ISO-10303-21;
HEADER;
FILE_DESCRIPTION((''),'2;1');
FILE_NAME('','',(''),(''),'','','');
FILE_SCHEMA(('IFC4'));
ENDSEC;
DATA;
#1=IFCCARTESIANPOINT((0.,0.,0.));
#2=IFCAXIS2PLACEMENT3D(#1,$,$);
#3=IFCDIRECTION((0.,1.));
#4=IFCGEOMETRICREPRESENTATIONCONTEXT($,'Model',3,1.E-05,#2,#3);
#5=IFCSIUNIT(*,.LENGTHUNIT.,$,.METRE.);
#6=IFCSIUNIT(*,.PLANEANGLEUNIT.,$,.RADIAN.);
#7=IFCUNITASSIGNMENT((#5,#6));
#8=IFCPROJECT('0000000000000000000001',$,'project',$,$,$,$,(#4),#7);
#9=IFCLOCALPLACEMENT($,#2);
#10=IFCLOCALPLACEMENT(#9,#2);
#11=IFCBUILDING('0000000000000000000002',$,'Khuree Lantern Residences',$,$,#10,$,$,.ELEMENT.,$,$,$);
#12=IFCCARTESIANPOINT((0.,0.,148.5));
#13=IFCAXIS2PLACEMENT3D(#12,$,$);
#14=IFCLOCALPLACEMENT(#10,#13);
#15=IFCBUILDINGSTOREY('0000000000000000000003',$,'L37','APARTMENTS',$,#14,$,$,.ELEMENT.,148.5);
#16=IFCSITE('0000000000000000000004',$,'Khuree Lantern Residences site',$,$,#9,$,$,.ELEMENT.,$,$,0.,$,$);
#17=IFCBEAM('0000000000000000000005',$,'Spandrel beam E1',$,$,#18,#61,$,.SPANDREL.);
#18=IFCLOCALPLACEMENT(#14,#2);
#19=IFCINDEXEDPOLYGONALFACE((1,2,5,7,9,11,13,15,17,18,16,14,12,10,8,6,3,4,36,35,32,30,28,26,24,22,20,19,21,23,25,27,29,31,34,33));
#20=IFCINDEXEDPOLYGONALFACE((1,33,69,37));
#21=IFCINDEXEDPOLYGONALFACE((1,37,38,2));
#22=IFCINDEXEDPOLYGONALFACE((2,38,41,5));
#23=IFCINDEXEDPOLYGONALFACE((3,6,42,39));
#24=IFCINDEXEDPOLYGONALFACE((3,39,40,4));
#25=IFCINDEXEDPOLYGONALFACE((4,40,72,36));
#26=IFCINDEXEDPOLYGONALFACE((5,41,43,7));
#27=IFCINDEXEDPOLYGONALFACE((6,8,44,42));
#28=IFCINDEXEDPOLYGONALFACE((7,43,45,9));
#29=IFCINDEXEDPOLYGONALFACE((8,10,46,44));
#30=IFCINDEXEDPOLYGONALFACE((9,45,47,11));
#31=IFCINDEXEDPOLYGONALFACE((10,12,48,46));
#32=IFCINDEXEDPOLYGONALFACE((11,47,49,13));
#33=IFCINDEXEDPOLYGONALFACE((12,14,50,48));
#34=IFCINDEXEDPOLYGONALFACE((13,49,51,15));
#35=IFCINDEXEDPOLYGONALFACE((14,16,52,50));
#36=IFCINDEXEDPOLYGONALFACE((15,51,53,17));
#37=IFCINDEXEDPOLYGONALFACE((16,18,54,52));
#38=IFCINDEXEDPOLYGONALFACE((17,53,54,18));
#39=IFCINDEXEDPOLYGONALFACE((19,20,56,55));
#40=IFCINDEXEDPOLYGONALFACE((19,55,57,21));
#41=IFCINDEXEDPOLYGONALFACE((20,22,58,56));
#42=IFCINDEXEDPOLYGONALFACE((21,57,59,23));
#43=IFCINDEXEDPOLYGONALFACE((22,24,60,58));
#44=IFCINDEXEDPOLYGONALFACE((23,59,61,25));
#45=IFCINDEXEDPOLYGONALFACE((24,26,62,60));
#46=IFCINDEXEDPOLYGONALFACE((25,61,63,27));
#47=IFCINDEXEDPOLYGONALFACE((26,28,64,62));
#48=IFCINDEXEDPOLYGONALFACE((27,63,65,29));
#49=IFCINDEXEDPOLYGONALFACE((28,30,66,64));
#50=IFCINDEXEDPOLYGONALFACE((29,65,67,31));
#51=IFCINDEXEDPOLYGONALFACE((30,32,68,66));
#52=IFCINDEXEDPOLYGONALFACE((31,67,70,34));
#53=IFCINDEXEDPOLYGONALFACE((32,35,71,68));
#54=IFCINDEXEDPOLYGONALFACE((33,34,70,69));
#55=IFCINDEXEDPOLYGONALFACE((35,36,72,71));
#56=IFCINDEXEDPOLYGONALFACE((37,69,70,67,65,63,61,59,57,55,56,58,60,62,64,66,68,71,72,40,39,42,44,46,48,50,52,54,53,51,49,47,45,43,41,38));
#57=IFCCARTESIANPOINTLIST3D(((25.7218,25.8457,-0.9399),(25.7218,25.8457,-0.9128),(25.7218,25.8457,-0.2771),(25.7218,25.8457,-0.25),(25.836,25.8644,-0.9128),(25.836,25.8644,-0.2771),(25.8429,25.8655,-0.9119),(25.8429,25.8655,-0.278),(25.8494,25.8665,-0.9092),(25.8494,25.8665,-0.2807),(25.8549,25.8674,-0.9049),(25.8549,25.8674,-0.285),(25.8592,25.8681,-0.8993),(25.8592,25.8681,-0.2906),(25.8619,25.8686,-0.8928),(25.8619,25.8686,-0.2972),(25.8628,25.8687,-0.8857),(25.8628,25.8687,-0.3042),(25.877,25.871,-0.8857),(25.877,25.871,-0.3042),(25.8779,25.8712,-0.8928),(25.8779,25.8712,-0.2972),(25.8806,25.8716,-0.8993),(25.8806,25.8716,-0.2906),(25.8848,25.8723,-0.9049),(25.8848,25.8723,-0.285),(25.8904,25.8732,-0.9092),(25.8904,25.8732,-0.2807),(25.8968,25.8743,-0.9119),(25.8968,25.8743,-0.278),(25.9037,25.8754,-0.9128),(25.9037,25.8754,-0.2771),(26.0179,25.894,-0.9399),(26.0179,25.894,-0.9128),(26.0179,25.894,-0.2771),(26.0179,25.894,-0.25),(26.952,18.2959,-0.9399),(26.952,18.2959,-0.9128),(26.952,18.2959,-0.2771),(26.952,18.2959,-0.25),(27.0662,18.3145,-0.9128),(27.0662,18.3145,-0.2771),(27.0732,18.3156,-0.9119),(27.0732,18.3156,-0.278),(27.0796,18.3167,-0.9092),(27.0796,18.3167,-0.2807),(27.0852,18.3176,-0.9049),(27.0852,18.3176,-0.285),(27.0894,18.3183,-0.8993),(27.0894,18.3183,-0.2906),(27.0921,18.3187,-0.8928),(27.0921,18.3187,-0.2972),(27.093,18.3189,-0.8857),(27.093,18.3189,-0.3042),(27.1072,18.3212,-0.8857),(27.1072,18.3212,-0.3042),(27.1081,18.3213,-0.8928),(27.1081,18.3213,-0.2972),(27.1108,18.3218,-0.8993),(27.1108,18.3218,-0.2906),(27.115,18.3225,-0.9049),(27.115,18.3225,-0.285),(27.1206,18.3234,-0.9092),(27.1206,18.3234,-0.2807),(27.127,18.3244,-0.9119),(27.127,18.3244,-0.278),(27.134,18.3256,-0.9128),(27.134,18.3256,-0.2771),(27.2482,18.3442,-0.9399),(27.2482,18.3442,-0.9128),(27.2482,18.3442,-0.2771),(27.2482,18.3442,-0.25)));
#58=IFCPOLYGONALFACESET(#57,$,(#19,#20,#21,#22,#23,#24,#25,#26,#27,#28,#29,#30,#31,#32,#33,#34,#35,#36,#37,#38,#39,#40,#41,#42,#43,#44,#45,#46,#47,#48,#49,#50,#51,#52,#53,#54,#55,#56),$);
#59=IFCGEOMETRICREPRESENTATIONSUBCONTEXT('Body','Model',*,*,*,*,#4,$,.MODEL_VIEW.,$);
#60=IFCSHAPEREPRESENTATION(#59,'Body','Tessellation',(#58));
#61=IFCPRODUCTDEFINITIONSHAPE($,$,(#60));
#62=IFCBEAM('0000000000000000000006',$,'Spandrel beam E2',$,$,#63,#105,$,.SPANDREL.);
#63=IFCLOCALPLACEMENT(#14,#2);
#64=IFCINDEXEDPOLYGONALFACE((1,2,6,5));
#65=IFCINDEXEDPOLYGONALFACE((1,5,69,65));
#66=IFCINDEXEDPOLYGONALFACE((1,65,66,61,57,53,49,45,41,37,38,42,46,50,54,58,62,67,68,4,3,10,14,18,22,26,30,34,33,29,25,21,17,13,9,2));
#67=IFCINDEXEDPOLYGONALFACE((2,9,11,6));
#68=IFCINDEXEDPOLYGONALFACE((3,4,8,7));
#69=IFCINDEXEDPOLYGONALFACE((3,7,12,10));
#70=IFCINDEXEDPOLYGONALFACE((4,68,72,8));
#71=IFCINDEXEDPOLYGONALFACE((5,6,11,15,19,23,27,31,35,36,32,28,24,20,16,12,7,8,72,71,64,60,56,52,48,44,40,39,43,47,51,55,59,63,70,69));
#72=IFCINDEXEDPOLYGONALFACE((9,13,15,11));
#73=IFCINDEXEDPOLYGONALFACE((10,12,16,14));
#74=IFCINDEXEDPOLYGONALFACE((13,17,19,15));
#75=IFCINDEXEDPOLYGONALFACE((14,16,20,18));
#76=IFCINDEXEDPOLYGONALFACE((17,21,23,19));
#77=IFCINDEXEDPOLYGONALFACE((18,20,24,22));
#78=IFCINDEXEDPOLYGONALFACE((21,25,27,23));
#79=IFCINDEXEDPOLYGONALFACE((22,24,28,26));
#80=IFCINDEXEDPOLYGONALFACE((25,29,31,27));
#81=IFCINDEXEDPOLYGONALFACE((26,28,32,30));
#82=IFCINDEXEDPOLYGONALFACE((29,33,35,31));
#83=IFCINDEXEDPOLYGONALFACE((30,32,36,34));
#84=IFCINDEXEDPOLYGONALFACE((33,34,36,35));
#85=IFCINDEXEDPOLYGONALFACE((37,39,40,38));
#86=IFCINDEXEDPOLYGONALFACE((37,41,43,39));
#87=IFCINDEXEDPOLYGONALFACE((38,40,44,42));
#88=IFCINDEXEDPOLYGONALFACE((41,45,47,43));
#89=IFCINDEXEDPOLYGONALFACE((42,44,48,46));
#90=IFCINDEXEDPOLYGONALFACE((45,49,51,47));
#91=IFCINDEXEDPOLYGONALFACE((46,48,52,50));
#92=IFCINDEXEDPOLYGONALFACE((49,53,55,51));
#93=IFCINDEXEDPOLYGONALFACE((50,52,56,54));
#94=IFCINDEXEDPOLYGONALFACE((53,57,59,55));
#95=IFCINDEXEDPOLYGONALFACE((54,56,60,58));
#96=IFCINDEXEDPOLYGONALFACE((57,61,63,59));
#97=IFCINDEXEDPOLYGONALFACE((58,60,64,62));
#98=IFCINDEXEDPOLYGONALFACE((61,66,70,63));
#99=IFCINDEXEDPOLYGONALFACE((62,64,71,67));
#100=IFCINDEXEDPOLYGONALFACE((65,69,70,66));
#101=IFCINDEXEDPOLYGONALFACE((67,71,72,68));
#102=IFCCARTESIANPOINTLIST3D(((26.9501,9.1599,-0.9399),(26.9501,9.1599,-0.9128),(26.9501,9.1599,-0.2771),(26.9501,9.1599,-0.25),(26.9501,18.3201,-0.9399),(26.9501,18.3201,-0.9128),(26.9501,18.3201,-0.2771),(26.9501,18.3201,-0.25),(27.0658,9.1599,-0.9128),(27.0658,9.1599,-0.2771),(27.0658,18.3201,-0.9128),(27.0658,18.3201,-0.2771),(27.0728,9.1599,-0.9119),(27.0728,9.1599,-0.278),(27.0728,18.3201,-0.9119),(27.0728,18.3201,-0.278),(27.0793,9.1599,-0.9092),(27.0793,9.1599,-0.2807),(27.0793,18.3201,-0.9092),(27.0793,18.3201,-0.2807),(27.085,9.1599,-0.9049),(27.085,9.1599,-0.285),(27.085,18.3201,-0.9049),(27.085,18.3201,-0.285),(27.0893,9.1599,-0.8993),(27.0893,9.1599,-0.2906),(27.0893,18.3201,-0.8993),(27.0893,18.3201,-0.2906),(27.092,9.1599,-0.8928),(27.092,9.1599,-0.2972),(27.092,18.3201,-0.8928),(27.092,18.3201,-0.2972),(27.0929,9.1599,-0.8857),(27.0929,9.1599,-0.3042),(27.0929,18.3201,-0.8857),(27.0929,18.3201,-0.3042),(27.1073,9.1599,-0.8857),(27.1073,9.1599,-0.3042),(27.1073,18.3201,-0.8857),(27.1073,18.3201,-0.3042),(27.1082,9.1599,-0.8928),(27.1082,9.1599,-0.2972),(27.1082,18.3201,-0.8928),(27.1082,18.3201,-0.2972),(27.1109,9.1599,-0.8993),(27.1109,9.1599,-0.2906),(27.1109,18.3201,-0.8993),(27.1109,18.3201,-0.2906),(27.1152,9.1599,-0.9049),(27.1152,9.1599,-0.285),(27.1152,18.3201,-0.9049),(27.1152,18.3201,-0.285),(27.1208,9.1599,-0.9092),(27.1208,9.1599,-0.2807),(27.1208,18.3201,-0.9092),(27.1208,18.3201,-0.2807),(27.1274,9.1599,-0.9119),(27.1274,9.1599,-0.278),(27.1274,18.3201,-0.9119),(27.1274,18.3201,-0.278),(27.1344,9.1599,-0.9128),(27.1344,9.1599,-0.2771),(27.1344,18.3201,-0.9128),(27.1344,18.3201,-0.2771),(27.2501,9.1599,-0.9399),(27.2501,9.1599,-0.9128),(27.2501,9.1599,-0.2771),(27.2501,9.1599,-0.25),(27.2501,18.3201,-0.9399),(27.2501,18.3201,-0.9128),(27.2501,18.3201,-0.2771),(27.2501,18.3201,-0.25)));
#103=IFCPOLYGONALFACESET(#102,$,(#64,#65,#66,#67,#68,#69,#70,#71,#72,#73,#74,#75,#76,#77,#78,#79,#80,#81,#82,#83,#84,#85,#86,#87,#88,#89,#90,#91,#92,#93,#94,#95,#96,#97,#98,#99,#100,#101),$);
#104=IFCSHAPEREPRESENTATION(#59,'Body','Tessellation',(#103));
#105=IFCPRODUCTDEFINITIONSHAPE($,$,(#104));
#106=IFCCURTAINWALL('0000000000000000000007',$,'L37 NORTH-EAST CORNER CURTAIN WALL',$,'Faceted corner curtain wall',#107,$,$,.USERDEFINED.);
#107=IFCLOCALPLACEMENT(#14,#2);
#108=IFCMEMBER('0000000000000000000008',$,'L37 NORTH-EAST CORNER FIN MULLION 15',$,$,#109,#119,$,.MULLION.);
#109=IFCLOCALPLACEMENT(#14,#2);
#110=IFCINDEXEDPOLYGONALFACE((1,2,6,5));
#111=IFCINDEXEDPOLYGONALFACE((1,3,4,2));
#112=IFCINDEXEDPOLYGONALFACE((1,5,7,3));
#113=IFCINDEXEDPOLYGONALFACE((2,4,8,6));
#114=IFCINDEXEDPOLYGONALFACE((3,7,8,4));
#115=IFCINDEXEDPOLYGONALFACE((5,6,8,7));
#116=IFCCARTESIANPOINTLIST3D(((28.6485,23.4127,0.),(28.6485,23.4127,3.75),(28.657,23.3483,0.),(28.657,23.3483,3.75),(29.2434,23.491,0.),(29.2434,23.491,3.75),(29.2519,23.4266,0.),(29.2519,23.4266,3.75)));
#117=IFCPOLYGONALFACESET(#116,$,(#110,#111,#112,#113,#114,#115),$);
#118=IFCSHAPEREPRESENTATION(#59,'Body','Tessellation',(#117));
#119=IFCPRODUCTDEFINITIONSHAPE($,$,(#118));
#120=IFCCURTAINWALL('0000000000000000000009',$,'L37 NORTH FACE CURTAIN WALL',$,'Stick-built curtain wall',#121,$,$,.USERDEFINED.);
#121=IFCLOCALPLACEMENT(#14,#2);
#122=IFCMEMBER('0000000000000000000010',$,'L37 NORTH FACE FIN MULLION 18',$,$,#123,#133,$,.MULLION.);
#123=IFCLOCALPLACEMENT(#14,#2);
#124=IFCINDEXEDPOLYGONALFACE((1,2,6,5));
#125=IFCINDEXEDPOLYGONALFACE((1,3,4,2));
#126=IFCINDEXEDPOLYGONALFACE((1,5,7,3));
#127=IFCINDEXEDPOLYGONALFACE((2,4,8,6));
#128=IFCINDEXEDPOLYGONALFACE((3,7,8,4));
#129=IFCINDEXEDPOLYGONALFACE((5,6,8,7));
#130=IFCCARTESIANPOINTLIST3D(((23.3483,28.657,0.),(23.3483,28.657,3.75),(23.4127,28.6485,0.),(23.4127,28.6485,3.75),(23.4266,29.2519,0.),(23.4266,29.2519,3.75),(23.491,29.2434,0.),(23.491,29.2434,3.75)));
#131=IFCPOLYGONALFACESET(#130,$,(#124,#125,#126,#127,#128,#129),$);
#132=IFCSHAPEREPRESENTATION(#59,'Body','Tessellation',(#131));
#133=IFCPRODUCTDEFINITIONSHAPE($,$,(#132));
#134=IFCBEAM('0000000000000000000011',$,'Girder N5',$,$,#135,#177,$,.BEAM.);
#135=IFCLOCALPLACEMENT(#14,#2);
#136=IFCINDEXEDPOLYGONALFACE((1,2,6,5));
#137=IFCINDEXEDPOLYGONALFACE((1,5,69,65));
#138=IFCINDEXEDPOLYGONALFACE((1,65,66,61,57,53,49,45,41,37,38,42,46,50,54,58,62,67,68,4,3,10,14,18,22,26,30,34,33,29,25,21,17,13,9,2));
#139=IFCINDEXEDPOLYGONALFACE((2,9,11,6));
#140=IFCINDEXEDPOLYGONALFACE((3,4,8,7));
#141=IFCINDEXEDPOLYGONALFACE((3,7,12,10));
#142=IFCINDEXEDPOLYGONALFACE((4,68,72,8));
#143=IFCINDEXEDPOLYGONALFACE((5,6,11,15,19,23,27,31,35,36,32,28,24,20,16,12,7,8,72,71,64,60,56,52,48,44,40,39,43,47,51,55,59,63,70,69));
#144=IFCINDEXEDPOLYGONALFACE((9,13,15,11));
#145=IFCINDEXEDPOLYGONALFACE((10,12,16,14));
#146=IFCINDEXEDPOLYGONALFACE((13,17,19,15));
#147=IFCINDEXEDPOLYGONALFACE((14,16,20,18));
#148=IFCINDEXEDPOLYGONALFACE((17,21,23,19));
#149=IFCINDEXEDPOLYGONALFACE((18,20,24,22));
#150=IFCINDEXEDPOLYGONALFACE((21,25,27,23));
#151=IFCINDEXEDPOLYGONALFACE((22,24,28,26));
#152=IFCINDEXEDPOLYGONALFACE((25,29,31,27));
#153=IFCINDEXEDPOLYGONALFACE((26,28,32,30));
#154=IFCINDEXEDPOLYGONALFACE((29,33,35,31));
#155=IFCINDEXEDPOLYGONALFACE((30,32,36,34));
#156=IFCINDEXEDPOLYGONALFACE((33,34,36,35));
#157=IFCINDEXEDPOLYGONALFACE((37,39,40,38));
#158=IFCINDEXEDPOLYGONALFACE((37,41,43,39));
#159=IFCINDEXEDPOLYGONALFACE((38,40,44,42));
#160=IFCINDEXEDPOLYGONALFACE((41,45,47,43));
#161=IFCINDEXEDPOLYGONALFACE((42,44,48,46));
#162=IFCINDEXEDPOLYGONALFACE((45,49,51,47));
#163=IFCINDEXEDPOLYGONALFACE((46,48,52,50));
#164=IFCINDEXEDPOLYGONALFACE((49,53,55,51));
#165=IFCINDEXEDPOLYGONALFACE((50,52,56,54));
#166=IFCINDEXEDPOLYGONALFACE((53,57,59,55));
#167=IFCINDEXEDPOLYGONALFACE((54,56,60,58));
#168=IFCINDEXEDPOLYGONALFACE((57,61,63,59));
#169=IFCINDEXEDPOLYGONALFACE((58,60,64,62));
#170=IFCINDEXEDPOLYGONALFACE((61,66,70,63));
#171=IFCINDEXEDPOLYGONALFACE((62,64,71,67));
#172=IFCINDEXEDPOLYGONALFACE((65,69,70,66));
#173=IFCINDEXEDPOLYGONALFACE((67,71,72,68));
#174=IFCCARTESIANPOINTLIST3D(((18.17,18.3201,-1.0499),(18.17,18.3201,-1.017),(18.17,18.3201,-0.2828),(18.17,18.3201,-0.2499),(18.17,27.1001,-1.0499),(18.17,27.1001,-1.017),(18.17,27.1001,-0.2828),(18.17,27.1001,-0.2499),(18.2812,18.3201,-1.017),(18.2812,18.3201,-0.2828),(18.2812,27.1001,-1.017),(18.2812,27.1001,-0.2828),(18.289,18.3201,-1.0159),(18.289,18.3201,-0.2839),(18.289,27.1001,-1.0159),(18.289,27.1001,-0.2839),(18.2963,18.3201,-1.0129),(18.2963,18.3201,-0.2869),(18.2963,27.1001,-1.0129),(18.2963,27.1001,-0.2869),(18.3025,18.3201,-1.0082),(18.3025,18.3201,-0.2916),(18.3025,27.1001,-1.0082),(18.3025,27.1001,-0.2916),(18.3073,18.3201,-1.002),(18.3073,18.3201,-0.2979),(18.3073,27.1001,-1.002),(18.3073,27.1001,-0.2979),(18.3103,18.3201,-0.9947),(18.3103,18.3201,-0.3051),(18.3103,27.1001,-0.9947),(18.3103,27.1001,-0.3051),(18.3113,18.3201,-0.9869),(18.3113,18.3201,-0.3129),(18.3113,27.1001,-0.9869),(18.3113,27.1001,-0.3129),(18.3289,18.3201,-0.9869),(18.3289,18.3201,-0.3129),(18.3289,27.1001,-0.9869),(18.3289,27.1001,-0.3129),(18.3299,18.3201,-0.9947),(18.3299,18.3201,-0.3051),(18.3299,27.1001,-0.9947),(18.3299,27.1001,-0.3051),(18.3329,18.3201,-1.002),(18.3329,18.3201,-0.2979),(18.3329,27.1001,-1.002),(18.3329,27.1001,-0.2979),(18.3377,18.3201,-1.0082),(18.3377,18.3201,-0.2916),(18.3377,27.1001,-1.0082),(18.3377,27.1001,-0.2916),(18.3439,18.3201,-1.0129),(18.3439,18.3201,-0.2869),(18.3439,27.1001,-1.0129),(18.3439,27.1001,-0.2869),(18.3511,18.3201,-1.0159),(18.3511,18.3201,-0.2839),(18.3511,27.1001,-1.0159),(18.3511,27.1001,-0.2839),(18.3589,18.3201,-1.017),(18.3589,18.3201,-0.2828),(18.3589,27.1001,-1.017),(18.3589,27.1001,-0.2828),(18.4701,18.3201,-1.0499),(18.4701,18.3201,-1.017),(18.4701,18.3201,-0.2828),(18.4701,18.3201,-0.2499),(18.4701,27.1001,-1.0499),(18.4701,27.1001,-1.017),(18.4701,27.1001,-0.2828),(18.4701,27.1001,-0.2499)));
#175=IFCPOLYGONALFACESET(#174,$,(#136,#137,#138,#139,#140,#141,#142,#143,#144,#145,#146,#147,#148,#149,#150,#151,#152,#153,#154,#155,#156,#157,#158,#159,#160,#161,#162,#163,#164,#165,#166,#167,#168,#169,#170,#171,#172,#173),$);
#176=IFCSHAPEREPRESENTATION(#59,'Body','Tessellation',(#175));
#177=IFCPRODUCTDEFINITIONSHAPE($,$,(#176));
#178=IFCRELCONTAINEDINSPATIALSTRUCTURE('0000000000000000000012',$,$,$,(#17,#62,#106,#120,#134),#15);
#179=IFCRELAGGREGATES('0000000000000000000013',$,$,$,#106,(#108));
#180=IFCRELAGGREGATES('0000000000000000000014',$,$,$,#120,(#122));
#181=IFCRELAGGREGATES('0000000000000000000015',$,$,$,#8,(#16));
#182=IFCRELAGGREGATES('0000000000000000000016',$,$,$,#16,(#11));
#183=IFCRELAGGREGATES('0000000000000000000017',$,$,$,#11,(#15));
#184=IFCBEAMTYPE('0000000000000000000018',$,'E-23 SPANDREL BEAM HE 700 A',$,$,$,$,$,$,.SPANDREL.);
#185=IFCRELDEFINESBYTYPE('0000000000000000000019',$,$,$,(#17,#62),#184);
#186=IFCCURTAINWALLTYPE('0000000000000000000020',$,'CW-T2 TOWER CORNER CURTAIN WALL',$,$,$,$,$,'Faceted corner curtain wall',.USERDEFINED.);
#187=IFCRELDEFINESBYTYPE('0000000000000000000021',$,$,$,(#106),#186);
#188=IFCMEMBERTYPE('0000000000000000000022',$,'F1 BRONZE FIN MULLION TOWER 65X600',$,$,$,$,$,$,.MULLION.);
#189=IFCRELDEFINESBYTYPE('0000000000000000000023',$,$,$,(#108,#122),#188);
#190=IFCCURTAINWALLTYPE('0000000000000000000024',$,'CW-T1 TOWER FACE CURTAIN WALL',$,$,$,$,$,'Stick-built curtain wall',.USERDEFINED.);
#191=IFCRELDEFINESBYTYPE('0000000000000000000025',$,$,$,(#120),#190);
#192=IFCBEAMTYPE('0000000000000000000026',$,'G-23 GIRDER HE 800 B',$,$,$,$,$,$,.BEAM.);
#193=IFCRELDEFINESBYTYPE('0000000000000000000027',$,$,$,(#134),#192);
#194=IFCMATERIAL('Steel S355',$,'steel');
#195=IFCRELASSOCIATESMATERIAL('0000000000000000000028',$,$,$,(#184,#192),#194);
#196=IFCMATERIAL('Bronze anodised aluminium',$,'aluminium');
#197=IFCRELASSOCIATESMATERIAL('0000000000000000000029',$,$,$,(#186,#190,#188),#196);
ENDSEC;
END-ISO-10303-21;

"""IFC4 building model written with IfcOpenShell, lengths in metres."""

from ifc_helpers import new_model, si_unit, direction, frame, origin, origin_2d, place, context, subcontext, project, spatial, rectangle, i_section, extrude, material, material_profile, profile_set, type_object, element, aggregate, save


model = new_model("IFC4")

# Units and contexts
model_context = context("Model", 3, precision=1e-05, world=origin(), true_north=direction((0.0, 1.0)))
body_context = subcontext(model_context, "Body", "Model", "MODEL_VIEW")
ifc_project = project(units=[si_unit("LENGTHUNIT", "METRE"), si_unit("PLANEANGLEUNIT", "RADIAN")], contexts=[model_context])

# Site, building, storey
site_placement = place(None, origin())
site = spatial("IfcSite", under=ifc_project, at=site_placement, Name="Khuree Lantern Residences site", CompositionType="ELEMENT", RefElevation=0.0)
building_placement = place(site_placement, origin())
building = spatial("IfcBuilding", under=site, at=building_placement, Name="Khuree Lantern Residences", CompositionType="ELEMENT")
storey_placement = place(building_placement, frame((0.0, 0.0, 148.5)))
storey = spatial("IfcBuildingStorey", under=building, at=storey_placement, Name="L37", Description="APARTMENTS", CompositionType="ELEMENT", Elevation=148.5)

# Beams
ifc_material_1 = material(Name="Steel S355", Category="steel")
ifc_material_profile_1 = material_profile(ifc_material_1, i_section(OverallWidth=0.3, OverallDepth=0.6899, WebThickness=0.0144, FlangeThickness=0.0271, FilletRadius=0.0271, at=origin_2d()), Name="HE 700 A")
ifc_profile_set_1 = profile_set([ifc_material_profile_1], Name="Steel S355")
beam_type_1 = type_object("IfcBeamType", Name="E-23 SPANDREL BEAM HE 700 A", PredefinedType="SPANDREL", material=ifc_profile_set_1)
for number, where, z_axis, x_axis, name in (
    (1, (25.8699, 25.8699, -0.595), (0.160827, -0.986983, 0.0), (0.986983, 0.160827, 0.0), "Spandrel beam E1"),
):
    element("IfcBeam", number, at=place(storey_placement, frame(where, z_axis=z_axis, x_axis=x_axis)), inside=storey, type_object=beam_type_1, Name=name, PredefinedType="SPANDREL", context=body_context, shape_type="SweptSolid", body=[
        extrude(i_section(OverallWidth=0.3, OverallDepth=0.6899, WebThickness=0.0144, FlangeThickness=0.0271, FilletRadius=0.0271, at=origin_2d()), origin(), (0.0, 0.0, 1.0), 7.6494),
    ])
beam_1_placement = place(storey_placement, frame((27.1001, 18.3201, -0.595), z_axis=(0.0, -1.0, 0.0), x_axis=(1.0, 0.0, 0.0)))
element("IfcBeam", 2, at=beam_1_placement, inside=storey, type_object=beam_type_1, Name="Spandrel beam E2", PredefinedType="SPANDREL", context=body_context, shape_type="SweptSolid", body=[
    extrude(i_section(OverallWidth=0.3, OverallDepth=0.6899, WebThickness=0.0144, FlangeThickness=0.0271, FilletRadius=0.0271, at=origin_2d()), origin(), (0.0, 0.0, 1.0), 9.1602),
])

# Curtain walls, members
ifc_material_2 = material(Name="Bronze anodised aluminium", Category="aluminium")
curtain_wall_type_1 = type_object("IfcCurtainWallType", Name="CW-T2 TOWER CORNER CURTAIN WALL", ElementType="Faceted corner curtain wall", PredefinedType="USERDEFINED", material=ifc_material_2)
curtain_wall_1_placement = place(storey_placement, origin())
curtain_wall_1 = element("IfcCurtainWall", 3, at=curtain_wall_1_placement, inside=storey, type_object=curtain_wall_type_1, Name="L37 NORTH-EAST CORNER CURTAIN WALL", ObjectType="Faceted corner curtain wall", PredefinedType="USERDEFINED")
ifc_material_profile_2 = material_profile(ifc_material_2, rectangle(XDim=0.0649, YDim=0.6001, at=origin_2d()), Name="F1 65X600")
ifc_profile_set_2 = profile_set([ifc_material_profile_2], Name="Bronze anodised aluminium")
member_type_1 = type_object("IfcMemberType", Name="F1 BRONZE FIN MULLION TOWER 65X600", PredefinedType="MULLION", material=ifc_profile_set_2)
member_1_placement = place(storey_placement, frame((28.9502, 23.4197, 0.0), z_axis=(0.0, 0.0, 1.0), x_axis=(-0.130526, 0.991445, 0.0)))
member_1 = element("IfcMember", 4, at=member_1_placement, type_object=member_type_1, Name="L37 NORTH-EAST CORNER FIN MULLION 15", PredefinedType="MULLION", context=body_context, shape_type="SweptSolid", body=[
    extrude(rectangle(XDim=0.0649, YDim=0.6001, at=origin_2d()), origin(), (0.0, 0.0, 1.0), 3.75),
])
curtain_wall_type_2 = type_object("IfcCurtainWallType", Name="CW-T1 TOWER FACE CURTAIN WALL", ElementType="Stick-built curtain wall", PredefinedType="USERDEFINED", material=ifc_material_2)
curtain_wall_2_placement = place(storey_placement, origin())
curtain_wall_2 = element("IfcCurtainWall", 5, at=curtain_wall_2_placement, inside=storey, type_object=curtain_wall_type_2, Name="L37 NORTH FACE CURTAIN WALL", ObjectType="Stick-built curtain wall", PredefinedType="USERDEFINED")
member_2_placement = place(storey_placement, frame((23.4197, 28.9502, 0.0), z_axis=(0.0, 0.0, 1.0), x_axis=(-0.991445, 0.130526, 0.0)))
member_2 = element("IfcMember", 6, at=member_2_placement, type_object=member_type_1, Name="L37 NORTH FACE FIN MULLION 18", PredefinedType="MULLION", context=body_context, shape_type="SweptSolid", body=[
    extrude(rectangle(XDim=0.0649, YDim=0.6001, at=origin_2d()), origin(), (0.0, 0.0, 1.0), 3.75),
])

# Beam
ifc_material_profile_3 = material_profile(ifc_material_1, i_section(OverallWidth=0.3, OverallDepth=0.8, WebThickness=0.0176, FlangeThickness=0.033, FilletRadius=0.03, at=origin_2d()), Name="HE 800 B")
ifc_profile_set_3 = profile_set([ifc_material_profile_3], Name="Steel S355")
beam_type_2 = type_object("IfcBeamType", Name="G-23 GIRDER HE 800 B", PredefinedType="BEAM", material=ifc_profile_set_3)
beam_2_placement = place(storey_placement, frame((18.3201, 27.1001, -0.6499), z_axis=(0.0, -1.0, 0.0), x_axis=(1.0, 0.0, 0.0)))
element("IfcBeam", 7, at=beam_2_placement, inside=storey, type_object=beam_type_2, Name="Girder N5", PredefinedType="BEAM", context=body_context, shape_type="SweptSolid", body=[
    extrude(i_section(OverallWidth=0.3, OverallDepth=0.8, WebThickness=0.0176, FlangeThickness=0.033, FilletRadius=0.03, at=origin_2d()), origin(), (0.0, 0.0, 1.0), 8.78),
])

aggregate(curtain_wall_1, [member_1])
aggregate(curtain_wall_2, [member_2])

save(model, "model.ifc")
